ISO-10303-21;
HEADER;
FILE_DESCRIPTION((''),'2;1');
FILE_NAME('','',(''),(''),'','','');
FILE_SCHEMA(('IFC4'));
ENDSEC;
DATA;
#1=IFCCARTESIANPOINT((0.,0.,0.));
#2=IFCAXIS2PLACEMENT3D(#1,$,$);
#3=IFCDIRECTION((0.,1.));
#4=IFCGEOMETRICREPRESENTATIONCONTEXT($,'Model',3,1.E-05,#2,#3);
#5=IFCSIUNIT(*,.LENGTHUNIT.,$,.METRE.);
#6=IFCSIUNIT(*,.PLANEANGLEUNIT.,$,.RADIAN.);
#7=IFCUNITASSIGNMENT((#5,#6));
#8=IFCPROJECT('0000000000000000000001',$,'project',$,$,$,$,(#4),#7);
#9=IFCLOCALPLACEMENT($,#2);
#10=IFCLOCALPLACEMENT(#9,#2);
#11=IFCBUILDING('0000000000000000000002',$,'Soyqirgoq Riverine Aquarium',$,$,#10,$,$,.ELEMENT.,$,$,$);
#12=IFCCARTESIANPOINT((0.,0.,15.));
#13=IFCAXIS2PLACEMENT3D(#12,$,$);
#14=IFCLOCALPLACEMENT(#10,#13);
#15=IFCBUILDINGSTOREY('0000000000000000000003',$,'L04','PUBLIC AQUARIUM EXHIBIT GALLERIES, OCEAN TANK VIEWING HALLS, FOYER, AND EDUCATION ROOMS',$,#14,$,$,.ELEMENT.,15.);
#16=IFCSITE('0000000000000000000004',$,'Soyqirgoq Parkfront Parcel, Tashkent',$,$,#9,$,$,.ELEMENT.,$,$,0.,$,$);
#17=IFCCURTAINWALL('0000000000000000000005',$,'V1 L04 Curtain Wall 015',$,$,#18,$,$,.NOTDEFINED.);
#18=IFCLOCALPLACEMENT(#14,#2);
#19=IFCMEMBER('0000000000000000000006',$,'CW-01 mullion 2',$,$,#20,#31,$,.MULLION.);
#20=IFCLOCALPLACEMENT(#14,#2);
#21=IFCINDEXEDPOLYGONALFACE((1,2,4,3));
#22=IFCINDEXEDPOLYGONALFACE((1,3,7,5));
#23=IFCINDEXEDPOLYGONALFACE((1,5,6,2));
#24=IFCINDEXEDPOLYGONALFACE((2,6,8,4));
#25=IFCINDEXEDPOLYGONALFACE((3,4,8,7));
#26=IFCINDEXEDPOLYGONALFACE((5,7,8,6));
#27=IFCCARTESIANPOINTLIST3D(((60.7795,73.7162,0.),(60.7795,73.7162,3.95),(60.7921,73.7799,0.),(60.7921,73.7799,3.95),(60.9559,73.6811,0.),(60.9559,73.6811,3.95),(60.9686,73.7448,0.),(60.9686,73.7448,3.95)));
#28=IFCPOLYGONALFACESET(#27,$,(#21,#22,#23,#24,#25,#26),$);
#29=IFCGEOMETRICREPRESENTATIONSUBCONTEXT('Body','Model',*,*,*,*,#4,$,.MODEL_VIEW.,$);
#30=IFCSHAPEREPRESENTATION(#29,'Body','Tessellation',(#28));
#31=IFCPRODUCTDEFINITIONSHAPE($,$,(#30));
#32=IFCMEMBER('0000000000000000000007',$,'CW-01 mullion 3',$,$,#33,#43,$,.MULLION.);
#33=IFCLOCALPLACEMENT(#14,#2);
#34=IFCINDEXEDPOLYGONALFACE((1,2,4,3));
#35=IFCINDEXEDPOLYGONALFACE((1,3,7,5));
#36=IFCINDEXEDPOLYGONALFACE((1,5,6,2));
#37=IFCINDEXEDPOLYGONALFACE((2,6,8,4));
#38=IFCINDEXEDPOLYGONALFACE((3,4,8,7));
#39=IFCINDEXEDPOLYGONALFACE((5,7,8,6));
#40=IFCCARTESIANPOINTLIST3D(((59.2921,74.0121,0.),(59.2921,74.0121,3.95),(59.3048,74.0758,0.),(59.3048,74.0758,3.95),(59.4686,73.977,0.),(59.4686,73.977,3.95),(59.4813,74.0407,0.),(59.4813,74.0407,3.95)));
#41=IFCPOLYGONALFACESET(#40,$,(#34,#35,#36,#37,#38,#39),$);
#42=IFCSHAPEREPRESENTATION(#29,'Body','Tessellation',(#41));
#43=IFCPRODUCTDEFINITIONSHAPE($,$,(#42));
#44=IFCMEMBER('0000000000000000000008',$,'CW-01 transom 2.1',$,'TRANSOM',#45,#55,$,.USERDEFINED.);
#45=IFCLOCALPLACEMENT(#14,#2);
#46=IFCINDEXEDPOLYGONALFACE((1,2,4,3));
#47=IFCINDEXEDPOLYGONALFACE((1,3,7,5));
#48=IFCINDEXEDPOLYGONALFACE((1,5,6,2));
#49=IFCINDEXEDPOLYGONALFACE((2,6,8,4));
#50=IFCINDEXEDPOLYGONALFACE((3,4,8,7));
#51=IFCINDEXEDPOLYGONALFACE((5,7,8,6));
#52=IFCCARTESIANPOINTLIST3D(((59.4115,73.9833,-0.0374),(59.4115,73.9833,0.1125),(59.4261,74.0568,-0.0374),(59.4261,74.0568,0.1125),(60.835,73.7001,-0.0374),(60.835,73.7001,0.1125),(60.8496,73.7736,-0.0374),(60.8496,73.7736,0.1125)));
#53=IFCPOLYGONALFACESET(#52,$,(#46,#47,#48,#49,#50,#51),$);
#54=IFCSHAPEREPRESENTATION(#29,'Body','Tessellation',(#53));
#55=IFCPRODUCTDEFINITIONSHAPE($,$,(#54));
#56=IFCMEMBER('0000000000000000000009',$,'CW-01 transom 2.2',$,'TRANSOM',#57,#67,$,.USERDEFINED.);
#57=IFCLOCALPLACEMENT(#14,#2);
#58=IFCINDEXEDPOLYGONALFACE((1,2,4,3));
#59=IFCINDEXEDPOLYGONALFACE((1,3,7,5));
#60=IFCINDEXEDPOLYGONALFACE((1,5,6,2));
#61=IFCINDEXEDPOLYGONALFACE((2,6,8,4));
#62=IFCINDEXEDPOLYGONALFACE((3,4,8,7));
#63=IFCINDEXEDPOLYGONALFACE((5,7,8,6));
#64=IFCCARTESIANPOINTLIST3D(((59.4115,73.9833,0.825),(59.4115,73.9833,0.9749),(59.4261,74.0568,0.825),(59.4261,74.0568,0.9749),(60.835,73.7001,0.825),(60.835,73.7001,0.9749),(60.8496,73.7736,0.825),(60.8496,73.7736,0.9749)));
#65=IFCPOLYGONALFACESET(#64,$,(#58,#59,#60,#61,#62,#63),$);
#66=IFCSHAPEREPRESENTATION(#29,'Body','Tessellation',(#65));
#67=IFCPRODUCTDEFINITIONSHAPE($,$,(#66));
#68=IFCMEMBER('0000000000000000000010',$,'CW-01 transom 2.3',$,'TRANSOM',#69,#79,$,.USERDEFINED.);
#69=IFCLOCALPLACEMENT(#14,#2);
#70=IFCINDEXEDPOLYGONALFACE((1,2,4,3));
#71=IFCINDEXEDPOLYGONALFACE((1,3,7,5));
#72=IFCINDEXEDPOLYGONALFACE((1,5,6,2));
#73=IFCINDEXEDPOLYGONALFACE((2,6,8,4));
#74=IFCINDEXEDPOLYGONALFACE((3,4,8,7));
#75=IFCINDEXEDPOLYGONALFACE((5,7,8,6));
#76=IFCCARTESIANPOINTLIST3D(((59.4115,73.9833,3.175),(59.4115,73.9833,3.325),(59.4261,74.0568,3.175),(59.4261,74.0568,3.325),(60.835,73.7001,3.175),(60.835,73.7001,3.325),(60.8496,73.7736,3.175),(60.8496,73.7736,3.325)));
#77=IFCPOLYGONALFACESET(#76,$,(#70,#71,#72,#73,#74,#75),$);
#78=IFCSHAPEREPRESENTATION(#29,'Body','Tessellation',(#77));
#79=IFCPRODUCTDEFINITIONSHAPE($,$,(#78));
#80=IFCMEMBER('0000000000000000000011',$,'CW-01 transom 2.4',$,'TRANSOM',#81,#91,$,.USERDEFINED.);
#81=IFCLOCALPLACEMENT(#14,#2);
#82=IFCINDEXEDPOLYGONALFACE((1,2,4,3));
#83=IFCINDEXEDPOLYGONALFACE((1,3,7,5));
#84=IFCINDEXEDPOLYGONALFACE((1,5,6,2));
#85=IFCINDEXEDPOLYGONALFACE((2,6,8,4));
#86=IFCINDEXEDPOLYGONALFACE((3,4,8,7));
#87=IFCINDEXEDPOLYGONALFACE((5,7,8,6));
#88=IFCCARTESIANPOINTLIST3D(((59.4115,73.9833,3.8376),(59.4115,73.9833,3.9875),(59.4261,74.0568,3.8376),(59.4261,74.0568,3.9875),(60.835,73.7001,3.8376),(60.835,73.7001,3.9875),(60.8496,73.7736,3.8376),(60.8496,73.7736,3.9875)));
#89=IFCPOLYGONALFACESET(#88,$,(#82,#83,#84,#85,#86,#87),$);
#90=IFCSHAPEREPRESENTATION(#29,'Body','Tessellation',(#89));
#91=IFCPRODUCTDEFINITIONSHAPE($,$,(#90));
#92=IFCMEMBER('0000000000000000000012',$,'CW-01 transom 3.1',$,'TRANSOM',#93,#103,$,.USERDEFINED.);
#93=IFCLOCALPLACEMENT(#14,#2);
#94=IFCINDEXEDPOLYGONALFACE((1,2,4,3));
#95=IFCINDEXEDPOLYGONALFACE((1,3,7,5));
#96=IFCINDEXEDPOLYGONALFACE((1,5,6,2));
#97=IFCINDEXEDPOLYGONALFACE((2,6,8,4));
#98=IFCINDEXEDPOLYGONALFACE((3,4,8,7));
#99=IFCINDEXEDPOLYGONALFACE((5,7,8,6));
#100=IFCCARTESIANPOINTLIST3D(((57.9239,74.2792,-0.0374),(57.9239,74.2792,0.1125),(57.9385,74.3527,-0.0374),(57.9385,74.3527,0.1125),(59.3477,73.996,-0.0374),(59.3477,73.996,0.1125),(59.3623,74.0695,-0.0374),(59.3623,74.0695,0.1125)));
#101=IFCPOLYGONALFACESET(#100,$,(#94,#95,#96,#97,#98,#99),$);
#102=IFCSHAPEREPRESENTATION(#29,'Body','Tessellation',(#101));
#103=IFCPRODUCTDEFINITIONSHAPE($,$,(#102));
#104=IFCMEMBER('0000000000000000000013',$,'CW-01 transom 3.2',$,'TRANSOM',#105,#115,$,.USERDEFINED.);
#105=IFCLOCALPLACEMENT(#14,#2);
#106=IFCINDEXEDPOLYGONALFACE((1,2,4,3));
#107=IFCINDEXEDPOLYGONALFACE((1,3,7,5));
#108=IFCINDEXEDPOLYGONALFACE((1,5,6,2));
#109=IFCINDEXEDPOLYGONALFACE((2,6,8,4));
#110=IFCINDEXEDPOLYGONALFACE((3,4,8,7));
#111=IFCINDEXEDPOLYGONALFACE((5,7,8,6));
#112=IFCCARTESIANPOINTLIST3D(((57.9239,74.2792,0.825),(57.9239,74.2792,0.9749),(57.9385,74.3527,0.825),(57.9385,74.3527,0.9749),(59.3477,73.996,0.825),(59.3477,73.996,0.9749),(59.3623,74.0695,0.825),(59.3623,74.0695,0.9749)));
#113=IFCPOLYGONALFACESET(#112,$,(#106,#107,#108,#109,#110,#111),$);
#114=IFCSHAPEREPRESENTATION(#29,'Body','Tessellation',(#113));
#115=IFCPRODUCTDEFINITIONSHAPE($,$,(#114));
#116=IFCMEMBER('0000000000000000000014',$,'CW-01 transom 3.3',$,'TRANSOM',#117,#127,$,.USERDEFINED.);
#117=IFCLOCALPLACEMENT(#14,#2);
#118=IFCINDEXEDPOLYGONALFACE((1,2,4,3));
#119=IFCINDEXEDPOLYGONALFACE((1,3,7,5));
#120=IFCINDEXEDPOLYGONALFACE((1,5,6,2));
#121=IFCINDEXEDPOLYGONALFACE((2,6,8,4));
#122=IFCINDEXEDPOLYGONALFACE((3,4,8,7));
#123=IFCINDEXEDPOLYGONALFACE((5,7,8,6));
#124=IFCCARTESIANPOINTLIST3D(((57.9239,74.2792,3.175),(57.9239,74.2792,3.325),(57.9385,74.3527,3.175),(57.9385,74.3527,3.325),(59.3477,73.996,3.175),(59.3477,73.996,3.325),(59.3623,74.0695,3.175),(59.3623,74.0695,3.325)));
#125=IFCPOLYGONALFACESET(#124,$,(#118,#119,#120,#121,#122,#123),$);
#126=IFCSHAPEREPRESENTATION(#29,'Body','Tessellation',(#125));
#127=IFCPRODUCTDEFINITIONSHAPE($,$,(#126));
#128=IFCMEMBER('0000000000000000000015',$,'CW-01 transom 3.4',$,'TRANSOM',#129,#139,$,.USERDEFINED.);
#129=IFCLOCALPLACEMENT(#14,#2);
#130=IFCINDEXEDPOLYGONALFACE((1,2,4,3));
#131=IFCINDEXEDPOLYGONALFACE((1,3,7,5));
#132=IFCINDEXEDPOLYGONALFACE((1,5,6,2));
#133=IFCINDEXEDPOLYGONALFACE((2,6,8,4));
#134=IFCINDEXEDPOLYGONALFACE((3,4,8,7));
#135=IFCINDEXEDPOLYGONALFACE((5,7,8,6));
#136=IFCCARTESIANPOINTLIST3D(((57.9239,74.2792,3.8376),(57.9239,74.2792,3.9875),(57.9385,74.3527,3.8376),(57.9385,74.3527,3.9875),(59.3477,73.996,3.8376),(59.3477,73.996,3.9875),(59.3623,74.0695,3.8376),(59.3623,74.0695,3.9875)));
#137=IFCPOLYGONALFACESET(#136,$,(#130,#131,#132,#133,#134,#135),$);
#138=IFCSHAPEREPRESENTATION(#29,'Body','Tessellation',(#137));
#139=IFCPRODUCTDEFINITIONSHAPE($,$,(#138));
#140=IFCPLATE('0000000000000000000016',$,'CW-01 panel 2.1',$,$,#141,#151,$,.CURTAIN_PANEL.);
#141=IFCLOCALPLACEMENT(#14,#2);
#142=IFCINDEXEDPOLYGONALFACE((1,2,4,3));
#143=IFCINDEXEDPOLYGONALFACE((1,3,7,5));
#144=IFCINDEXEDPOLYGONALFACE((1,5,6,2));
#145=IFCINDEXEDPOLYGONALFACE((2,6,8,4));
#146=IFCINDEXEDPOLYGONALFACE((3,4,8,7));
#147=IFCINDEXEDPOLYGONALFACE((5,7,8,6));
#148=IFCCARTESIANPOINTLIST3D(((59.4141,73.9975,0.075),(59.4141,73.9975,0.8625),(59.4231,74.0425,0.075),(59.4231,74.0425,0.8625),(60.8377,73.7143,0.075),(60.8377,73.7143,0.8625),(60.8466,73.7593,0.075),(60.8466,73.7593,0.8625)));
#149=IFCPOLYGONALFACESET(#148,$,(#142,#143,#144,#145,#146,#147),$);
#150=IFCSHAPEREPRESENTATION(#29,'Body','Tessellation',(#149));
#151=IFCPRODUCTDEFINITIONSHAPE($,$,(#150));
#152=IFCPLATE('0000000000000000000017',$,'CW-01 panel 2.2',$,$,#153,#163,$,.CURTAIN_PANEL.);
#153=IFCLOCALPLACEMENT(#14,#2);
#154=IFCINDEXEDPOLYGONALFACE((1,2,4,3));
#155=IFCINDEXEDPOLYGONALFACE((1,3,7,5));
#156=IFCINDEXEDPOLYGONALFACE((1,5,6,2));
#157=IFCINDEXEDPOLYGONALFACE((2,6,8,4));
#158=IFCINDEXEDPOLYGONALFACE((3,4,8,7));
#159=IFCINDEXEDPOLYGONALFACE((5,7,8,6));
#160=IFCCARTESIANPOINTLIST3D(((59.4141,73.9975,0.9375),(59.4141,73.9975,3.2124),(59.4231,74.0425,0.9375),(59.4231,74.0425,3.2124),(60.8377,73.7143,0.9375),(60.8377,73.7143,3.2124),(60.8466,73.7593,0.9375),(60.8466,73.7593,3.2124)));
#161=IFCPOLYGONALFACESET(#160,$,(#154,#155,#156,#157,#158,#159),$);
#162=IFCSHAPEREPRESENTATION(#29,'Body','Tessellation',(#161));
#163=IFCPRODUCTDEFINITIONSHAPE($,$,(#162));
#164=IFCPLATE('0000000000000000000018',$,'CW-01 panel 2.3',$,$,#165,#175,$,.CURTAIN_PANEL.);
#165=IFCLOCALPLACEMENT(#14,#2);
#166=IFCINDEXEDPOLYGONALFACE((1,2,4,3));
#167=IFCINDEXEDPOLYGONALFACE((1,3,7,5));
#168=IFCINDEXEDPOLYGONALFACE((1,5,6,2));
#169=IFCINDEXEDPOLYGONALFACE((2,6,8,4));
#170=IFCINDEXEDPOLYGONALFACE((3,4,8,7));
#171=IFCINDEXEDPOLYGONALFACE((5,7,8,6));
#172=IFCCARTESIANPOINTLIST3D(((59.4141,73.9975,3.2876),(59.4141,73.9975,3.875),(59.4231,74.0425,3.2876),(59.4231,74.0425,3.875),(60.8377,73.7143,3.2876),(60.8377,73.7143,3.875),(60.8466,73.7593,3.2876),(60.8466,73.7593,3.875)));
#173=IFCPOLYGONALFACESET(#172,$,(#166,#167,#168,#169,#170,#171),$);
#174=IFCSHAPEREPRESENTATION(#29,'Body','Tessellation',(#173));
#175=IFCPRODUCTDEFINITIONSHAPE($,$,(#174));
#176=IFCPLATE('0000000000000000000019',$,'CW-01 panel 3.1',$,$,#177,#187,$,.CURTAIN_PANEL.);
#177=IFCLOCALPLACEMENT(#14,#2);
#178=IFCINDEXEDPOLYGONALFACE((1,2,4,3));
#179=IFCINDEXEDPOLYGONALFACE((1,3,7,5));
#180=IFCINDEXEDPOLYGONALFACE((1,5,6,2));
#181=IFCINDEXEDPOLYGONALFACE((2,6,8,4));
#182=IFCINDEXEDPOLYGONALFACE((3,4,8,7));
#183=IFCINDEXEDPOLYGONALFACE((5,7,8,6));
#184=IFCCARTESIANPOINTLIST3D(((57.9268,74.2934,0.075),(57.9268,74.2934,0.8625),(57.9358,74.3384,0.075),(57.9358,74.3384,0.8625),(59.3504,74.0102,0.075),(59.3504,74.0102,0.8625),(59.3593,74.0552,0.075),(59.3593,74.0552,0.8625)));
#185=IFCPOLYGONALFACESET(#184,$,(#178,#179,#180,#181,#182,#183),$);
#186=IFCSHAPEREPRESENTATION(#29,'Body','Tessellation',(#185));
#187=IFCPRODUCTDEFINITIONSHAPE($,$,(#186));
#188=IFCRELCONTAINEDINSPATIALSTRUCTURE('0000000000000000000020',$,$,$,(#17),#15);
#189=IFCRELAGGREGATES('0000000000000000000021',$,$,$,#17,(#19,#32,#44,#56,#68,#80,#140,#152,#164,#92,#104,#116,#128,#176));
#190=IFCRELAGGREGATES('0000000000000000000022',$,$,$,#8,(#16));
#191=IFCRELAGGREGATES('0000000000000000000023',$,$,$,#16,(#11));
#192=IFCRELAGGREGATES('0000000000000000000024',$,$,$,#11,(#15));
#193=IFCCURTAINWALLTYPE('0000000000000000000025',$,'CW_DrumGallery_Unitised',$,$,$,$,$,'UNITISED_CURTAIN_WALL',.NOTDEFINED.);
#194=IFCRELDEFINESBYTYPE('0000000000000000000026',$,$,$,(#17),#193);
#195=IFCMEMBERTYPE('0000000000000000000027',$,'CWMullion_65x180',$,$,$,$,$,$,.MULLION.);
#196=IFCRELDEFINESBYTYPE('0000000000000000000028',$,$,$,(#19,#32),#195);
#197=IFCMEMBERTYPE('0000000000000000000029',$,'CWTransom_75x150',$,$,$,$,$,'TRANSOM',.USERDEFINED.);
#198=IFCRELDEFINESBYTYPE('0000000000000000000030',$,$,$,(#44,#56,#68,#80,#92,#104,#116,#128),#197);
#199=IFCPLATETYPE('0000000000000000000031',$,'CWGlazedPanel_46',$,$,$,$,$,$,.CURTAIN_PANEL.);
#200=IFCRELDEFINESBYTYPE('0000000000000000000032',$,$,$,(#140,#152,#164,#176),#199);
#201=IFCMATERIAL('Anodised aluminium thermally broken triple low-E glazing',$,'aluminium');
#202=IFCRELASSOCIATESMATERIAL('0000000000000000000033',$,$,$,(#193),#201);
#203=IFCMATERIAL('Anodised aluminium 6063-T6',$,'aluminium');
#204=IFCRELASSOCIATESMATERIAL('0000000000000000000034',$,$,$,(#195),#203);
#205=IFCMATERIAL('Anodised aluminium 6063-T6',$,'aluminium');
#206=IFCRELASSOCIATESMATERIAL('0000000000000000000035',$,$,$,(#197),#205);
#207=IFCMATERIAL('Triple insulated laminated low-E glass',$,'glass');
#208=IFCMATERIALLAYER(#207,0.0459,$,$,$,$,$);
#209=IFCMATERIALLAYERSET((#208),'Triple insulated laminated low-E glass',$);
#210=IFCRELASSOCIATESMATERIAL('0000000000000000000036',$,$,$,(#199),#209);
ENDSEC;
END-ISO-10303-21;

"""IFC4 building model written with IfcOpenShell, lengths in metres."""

from ifc_helpers import new_model, si_unit, direction, frame, origin, origin_2d, place, context, subcontext, project, spatial, rectangle, extrude, material, layer, layer_set, material_profile, profile_set, type_object, element, aggregate, save


model = new_model("IFC4")

# Units and contexts
model_context = context("Model", 3, precision=1e-05, world=origin(), true_north=direction((0.0, 1.0)))
body_context = subcontext(model_context, "Body", "Model", "MODEL_VIEW")
ifc_project = project(units=[si_unit("LENGTHUNIT", "METRE"), si_unit("PLANEANGLEUNIT", "RADIAN")], contexts=[model_context])

# Site, building, storey
site_placement = place(None, origin())
site = spatial("IfcSite", under=ifc_project, at=site_placement, Name="Soyqirgoq Parkfront Parcel, Tashkent", CompositionType="ELEMENT", RefElevation=0.0)
building_placement = place(site_placement, origin())
building = spatial("IfcBuilding", under=site, at=building_placement, Name="Soyqirgoq Riverine Aquarium", CompositionType="ELEMENT")
storey_placement = place(building_placement, frame((0.0, 0.0, 15.0)))
storey = spatial("IfcBuildingStorey", under=building, at=storey_placement, Name="L04", Description="PUBLIC AQUARIUM EXHIBIT GALLERIES, OCEAN TANK VIEWING HALLS, FOYER, AND EDUCATION ROOMS", CompositionType="ELEMENT", Elevation=15.0)

# Curtain wall, members, plates
ifc_material_1 = material(Name="Anodised aluminium thermally broken triple low-E glazing", Category="aluminium")
curtain_wall_type = type_object("IfcCurtainWallType", Name="CW_DrumGallery_Unitised", ElementType="UNITISED_CURTAIN_WALL", PredefinedType="NOTDEFINED", material=ifc_material_1)
curtain_wall_placement = place(storey_placement, origin())
curtain_wall = element("IfcCurtainWall", 1, at=curtain_wall_placement, inside=storey, type_object=curtain_wall_type, Name="V1 L04 Curtain Wall 015", PredefinedType="NOTDEFINED")
ifc_material_2 = material(Name="Anodised aluminium 6063-T6", Category="aluminium")
ifc_material_profile_1 = material_profile(ifc_material_2, rectangle(XDim=0.0649, YDim=0.1799, at=origin_2d()), Name="ALU-M 65x180")
ifc_profile_set_1 = profile_set([ifc_material_profile_1], Name="Anodised aluminium 6063-T6")
member_type_1 = type_object("IfcMemberType", Name="CWMullion_65x180", PredefinedType="MULLION", material=ifc_profile_set_1)
member_1_placement = place(storey_placement, frame((60.874, 73.7305, 0.0), z_axis=(0.0, 0.0, 1.0), x_axis=(-0.195102, -0.980783, 0.0)))
member_1 = element("IfcMember", 2, at=member_1_placement, type_object=member_type_1, Name="CW-01 mullion 2", PredefinedType="MULLION", context=body_context, shape_type="SweptSolid", body=[
    extrude(rectangle(XDim=0.0649, YDim=0.1799, at=origin_2d()), origin(), (0.0, 0.0, 1.0), 3.95),
])
member_2_placement = place(storey_placement, frame((59.3867, 74.0264, 0.0), z_axis=(0.0, 0.0, 1.0), x_axis=(-0.195102, -0.980783, 0.0)))
member_2 = element("IfcMember", 3, at=member_2_placement, type_object=member_type_1, Name="CW-01 mullion 3", PredefinedType="MULLION", context=body_context, shape_type="SweptSolid", body=[
    extrude(rectangle(XDim=0.0649, YDim=0.1799, at=origin_2d()), origin(), (0.0, 0.0, 1.0), 3.95),
])
ifc_material_3 = material(Name="Anodised aluminium 6063-T6", Category="aluminium")
ifc_material_profile_2 = material_profile(ifc_material_3, rectangle(XDim=0.075, YDim=0.1499, at=origin_2d()), Name="ALU-T 75x150")
ifc_profile_set_2 = profile_set([ifc_material_profile_2], Name="Anodised aluminium 6063-T6")
member_type_2 = type_object("IfcMemberType", Name="CWTransom_75x150", ElementType="TRANSOM", PredefinedType="USERDEFINED", material=ifc_profile_set_2)
member_3_placement = place(storey_placement, frame((60.8423, 73.7368, 0.0376), z_axis=(-0.980781, 0.195113, 0.0), x_axis=(-0.195113, -0.980781, 0.0)))
member_3 = element("IfcMember", 4, at=member_3_placement, type_object=member_type_2, Name="CW-01 transom 2.1", ObjectType="TRANSOM", PredefinedType="USERDEFINED", context=body_context, shape_type="SweptSolid", body=[
    extrude(rectangle(XDim=0.075, YDim=0.1499, at=origin_2d()), origin(), (0.0, 0.0, 1.0), 1.4514),
])
member_4_placement = place(storey_placement, frame((60.8423, 73.7368, 0.8999), z_axis=(-0.980781, 0.195113, 0.0), x_axis=(-0.195113, -0.980781, 0.0)))
member_4 = element("IfcMember", 5, at=member_4_placement, type_object=member_type_2, Name="CW-01 transom 2.2", ObjectType="TRANSOM", PredefinedType="USERDEFINED", context=body_context, shape_type="SweptSolid", body=[
    extrude(rectangle(XDim=0.075, YDim=0.1499, at=origin_2d()), origin(), (0.0, 0.0, 1.0), 1.4514),
])
member_5_placement = place(storey_placement, frame((60.8423, 73.7368, 3.25), z_axis=(-0.980781, 0.195113, 0.0), x_axis=(-0.195113, -0.980781, 0.0)))
member_5 = element("IfcMember", 6, at=member_5_placement, type_object=member_type_2, Name="CW-01 transom 2.3", ObjectType="TRANSOM", PredefinedType="USERDEFINED", context=body_context, shape_type="SweptSolid", body=[
    extrude(rectangle(XDim=0.075, YDim=0.1499, at=origin_2d()), origin(), (0.0, 0.0, 1.0), 1.4514),
])
member_6_placement = place(storey_placement, frame((60.8423, 73.7368, 3.9126), z_axis=(-0.980781, 0.195113, 0.0), x_axis=(-0.195113, -0.980781, 0.0)))
member_6 = element("IfcMember", 7, at=member_6_placement, type_object=member_type_2, Name="CW-01 transom 2.4", ObjectType="TRANSOM", PredefinedType="USERDEFINED", context=body_context, shape_type="SweptSolid", body=[
    extrude(rectangle(XDim=0.075, YDim=0.1499, at=origin_2d()), origin(), (0.0, 0.0, 1.0), 1.4514),
])
member_7_placement = place(storey_placement, frame((59.355, 74.0327, 0.0376), z_axis=(-0.980787, 0.195081, 0.0), x_axis=(-0.195081, -0.980787, 0.0)))
member_7 = element("IfcMember", 8, at=member_7_placement, type_object=member_type_2, Name="CW-01 transom 3.1", ObjectType="TRANSOM", PredefinedType="USERDEFINED", context=body_context, shape_type="SweptSolid", body=[
    extrude(rectangle(XDim=0.075, YDim=0.1499, at=origin_2d()), origin(), (0.0, 0.0, 1.0), 1.4517),
])
member_8_placement = place(storey_placement, frame((59.355, 74.0327, 0.8999), z_axis=(-0.980787, 0.195081, 0.0), x_axis=(-0.195081, -0.980787, 0.0)))
member_8 = element("IfcMember", 9, at=member_8_placement, type_object=member_type_2, Name="CW-01 transom 3.2", ObjectType="TRANSOM", PredefinedType="USERDEFINED", context=body_context, shape_type="SweptSolid", body=[
    extrude(rectangle(XDim=0.075, YDim=0.1499, at=origin_2d()), origin(), (0.0, 0.0, 1.0), 1.4517),
])
member_9_placement = place(storey_placement, frame((59.355, 74.0327, 3.25), z_axis=(-0.980787, 0.195081, 0.0), x_axis=(-0.195081, -0.980787, 0.0)))
member_9 = element("IfcMember", 10, at=member_9_placement, type_object=member_type_2, Name="CW-01 transom 3.3", ObjectType="TRANSOM", PredefinedType="USERDEFINED", context=body_context, shape_type="SweptSolid", body=[
    extrude(rectangle(XDim=0.075, YDim=0.1499, at=origin_2d()), origin(), (0.0, 0.0, 1.0), 1.4517),
])
member_10_placement = place(storey_placement, frame((59.355, 74.0327, 3.9126), z_axis=(-0.980787, 0.195081, 0.0), x_axis=(-0.195081, -0.980787, 0.0)))
member_10 = element("IfcMember", 11, at=member_10_placement, type_object=member_type_2, Name="CW-01 transom 3.4", ObjectType="TRANSOM", PredefinedType="USERDEFINED", context=body_context, shape_type="SweptSolid", body=[
    extrude(rectangle(XDim=0.075, YDim=0.1499, at=origin_2d()), origin(), (0.0, 0.0, 1.0), 1.4517),
])
ifc_material_4 = material(Name="Triple insulated laminated low-E glass", Category="glass")
ifc_layer_1 = layer(ifc_material_4, 0.0459)
ifc_layer_set_1 = layer_set([ifc_layer_1], Name="Triple insulated laminated low-E glass")
plate_type = type_object("IfcPlateType", Name="CWGlazedPanel_46", PredefinedType="CURTAIN_PANEL", material=ifc_layer_set_1)
plate_1_placement = place(storey_placement, frame((60.1304, 73.8784, 0.075), z_axis=(0.0, 0.0, 1.0), x_axis=(-0.980783, 0.195102, 0.0)))
plate_1 = element("IfcPlate", 12, at=plate_1_placement, type_object=plate_type, Name="CW-01 panel 2.1", PredefinedType="CURTAIN_PANEL", context=body_context, shape_type="SweptSolid", body=[
    extrude(rectangle(XDim=1.4514, YDim=0.0459, at=origin_2d()), origin(), (0.0, 0.0, 1.0), 0.7876),
])
plate_2_placement = place(storey_placement, frame((60.1304, 73.8784, 0.9375), z_axis=(0.0, 0.0, 1.0), x_axis=(-0.980783, 0.195102, 0.0)))
plate_2 = element("IfcPlate", 13, at=plate_2_placement, type_object=plate_type, Name="CW-01 panel 2.2", PredefinedType="CURTAIN_PANEL", context=body_context, shape_type="SweptSolid", body=[
    extrude(rectangle(XDim=1.4514, YDim=0.0459, at=origin_2d()), origin(), (0.0, 0.0, 1.0), 2.2749),
])
plate_3_placement = place(storey_placement, frame((60.1304, 73.8784, 3.2876), z_axis=(0.0, 0.0, 1.0), x_axis=(-0.980783, 0.195102, 0.0)))
plate_3 = element("IfcPlate", 14, at=plate_3_placement, type_object=plate_type, Name="CW-01 panel 2.3", PredefinedType="CURTAIN_PANEL", context=body_context, shape_type="SweptSolid", body=[
    extrude(rectangle(XDim=1.4514, YDim=0.0459, at=origin_2d()), origin(), (0.0, 0.0, 1.0), 0.5874),
])
plate_4_placement = place(storey_placement, frame((58.6431, 74.1743, 0.075), z_axis=(0.0, 0.0, 1.0), x_axis=(-0.980783, 0.195102, 0.0)))
plate_4 = element("IfcPlate", 15, at=plate_4_placement, type_object=plate_type, Name="CW-01 panel 3.1", PredefinedType="CURTAIN_PANEL", context=body_context, shape_type="SweptSolid", body=[
    extrude(rectangle(XDim=1.4514, YDim=0.0459, at=origin_2d()), origin(), (0.0, 0.0, 1.0), 0.7876),
])
aggregate(curtain_wall, [member_1, member_2, member_3, member_4, member_5, member_6, plate_1, plate_2, plate_3, member_7, member_8, member_9, member_10, plate_4])

save(model, "model.ifc")
